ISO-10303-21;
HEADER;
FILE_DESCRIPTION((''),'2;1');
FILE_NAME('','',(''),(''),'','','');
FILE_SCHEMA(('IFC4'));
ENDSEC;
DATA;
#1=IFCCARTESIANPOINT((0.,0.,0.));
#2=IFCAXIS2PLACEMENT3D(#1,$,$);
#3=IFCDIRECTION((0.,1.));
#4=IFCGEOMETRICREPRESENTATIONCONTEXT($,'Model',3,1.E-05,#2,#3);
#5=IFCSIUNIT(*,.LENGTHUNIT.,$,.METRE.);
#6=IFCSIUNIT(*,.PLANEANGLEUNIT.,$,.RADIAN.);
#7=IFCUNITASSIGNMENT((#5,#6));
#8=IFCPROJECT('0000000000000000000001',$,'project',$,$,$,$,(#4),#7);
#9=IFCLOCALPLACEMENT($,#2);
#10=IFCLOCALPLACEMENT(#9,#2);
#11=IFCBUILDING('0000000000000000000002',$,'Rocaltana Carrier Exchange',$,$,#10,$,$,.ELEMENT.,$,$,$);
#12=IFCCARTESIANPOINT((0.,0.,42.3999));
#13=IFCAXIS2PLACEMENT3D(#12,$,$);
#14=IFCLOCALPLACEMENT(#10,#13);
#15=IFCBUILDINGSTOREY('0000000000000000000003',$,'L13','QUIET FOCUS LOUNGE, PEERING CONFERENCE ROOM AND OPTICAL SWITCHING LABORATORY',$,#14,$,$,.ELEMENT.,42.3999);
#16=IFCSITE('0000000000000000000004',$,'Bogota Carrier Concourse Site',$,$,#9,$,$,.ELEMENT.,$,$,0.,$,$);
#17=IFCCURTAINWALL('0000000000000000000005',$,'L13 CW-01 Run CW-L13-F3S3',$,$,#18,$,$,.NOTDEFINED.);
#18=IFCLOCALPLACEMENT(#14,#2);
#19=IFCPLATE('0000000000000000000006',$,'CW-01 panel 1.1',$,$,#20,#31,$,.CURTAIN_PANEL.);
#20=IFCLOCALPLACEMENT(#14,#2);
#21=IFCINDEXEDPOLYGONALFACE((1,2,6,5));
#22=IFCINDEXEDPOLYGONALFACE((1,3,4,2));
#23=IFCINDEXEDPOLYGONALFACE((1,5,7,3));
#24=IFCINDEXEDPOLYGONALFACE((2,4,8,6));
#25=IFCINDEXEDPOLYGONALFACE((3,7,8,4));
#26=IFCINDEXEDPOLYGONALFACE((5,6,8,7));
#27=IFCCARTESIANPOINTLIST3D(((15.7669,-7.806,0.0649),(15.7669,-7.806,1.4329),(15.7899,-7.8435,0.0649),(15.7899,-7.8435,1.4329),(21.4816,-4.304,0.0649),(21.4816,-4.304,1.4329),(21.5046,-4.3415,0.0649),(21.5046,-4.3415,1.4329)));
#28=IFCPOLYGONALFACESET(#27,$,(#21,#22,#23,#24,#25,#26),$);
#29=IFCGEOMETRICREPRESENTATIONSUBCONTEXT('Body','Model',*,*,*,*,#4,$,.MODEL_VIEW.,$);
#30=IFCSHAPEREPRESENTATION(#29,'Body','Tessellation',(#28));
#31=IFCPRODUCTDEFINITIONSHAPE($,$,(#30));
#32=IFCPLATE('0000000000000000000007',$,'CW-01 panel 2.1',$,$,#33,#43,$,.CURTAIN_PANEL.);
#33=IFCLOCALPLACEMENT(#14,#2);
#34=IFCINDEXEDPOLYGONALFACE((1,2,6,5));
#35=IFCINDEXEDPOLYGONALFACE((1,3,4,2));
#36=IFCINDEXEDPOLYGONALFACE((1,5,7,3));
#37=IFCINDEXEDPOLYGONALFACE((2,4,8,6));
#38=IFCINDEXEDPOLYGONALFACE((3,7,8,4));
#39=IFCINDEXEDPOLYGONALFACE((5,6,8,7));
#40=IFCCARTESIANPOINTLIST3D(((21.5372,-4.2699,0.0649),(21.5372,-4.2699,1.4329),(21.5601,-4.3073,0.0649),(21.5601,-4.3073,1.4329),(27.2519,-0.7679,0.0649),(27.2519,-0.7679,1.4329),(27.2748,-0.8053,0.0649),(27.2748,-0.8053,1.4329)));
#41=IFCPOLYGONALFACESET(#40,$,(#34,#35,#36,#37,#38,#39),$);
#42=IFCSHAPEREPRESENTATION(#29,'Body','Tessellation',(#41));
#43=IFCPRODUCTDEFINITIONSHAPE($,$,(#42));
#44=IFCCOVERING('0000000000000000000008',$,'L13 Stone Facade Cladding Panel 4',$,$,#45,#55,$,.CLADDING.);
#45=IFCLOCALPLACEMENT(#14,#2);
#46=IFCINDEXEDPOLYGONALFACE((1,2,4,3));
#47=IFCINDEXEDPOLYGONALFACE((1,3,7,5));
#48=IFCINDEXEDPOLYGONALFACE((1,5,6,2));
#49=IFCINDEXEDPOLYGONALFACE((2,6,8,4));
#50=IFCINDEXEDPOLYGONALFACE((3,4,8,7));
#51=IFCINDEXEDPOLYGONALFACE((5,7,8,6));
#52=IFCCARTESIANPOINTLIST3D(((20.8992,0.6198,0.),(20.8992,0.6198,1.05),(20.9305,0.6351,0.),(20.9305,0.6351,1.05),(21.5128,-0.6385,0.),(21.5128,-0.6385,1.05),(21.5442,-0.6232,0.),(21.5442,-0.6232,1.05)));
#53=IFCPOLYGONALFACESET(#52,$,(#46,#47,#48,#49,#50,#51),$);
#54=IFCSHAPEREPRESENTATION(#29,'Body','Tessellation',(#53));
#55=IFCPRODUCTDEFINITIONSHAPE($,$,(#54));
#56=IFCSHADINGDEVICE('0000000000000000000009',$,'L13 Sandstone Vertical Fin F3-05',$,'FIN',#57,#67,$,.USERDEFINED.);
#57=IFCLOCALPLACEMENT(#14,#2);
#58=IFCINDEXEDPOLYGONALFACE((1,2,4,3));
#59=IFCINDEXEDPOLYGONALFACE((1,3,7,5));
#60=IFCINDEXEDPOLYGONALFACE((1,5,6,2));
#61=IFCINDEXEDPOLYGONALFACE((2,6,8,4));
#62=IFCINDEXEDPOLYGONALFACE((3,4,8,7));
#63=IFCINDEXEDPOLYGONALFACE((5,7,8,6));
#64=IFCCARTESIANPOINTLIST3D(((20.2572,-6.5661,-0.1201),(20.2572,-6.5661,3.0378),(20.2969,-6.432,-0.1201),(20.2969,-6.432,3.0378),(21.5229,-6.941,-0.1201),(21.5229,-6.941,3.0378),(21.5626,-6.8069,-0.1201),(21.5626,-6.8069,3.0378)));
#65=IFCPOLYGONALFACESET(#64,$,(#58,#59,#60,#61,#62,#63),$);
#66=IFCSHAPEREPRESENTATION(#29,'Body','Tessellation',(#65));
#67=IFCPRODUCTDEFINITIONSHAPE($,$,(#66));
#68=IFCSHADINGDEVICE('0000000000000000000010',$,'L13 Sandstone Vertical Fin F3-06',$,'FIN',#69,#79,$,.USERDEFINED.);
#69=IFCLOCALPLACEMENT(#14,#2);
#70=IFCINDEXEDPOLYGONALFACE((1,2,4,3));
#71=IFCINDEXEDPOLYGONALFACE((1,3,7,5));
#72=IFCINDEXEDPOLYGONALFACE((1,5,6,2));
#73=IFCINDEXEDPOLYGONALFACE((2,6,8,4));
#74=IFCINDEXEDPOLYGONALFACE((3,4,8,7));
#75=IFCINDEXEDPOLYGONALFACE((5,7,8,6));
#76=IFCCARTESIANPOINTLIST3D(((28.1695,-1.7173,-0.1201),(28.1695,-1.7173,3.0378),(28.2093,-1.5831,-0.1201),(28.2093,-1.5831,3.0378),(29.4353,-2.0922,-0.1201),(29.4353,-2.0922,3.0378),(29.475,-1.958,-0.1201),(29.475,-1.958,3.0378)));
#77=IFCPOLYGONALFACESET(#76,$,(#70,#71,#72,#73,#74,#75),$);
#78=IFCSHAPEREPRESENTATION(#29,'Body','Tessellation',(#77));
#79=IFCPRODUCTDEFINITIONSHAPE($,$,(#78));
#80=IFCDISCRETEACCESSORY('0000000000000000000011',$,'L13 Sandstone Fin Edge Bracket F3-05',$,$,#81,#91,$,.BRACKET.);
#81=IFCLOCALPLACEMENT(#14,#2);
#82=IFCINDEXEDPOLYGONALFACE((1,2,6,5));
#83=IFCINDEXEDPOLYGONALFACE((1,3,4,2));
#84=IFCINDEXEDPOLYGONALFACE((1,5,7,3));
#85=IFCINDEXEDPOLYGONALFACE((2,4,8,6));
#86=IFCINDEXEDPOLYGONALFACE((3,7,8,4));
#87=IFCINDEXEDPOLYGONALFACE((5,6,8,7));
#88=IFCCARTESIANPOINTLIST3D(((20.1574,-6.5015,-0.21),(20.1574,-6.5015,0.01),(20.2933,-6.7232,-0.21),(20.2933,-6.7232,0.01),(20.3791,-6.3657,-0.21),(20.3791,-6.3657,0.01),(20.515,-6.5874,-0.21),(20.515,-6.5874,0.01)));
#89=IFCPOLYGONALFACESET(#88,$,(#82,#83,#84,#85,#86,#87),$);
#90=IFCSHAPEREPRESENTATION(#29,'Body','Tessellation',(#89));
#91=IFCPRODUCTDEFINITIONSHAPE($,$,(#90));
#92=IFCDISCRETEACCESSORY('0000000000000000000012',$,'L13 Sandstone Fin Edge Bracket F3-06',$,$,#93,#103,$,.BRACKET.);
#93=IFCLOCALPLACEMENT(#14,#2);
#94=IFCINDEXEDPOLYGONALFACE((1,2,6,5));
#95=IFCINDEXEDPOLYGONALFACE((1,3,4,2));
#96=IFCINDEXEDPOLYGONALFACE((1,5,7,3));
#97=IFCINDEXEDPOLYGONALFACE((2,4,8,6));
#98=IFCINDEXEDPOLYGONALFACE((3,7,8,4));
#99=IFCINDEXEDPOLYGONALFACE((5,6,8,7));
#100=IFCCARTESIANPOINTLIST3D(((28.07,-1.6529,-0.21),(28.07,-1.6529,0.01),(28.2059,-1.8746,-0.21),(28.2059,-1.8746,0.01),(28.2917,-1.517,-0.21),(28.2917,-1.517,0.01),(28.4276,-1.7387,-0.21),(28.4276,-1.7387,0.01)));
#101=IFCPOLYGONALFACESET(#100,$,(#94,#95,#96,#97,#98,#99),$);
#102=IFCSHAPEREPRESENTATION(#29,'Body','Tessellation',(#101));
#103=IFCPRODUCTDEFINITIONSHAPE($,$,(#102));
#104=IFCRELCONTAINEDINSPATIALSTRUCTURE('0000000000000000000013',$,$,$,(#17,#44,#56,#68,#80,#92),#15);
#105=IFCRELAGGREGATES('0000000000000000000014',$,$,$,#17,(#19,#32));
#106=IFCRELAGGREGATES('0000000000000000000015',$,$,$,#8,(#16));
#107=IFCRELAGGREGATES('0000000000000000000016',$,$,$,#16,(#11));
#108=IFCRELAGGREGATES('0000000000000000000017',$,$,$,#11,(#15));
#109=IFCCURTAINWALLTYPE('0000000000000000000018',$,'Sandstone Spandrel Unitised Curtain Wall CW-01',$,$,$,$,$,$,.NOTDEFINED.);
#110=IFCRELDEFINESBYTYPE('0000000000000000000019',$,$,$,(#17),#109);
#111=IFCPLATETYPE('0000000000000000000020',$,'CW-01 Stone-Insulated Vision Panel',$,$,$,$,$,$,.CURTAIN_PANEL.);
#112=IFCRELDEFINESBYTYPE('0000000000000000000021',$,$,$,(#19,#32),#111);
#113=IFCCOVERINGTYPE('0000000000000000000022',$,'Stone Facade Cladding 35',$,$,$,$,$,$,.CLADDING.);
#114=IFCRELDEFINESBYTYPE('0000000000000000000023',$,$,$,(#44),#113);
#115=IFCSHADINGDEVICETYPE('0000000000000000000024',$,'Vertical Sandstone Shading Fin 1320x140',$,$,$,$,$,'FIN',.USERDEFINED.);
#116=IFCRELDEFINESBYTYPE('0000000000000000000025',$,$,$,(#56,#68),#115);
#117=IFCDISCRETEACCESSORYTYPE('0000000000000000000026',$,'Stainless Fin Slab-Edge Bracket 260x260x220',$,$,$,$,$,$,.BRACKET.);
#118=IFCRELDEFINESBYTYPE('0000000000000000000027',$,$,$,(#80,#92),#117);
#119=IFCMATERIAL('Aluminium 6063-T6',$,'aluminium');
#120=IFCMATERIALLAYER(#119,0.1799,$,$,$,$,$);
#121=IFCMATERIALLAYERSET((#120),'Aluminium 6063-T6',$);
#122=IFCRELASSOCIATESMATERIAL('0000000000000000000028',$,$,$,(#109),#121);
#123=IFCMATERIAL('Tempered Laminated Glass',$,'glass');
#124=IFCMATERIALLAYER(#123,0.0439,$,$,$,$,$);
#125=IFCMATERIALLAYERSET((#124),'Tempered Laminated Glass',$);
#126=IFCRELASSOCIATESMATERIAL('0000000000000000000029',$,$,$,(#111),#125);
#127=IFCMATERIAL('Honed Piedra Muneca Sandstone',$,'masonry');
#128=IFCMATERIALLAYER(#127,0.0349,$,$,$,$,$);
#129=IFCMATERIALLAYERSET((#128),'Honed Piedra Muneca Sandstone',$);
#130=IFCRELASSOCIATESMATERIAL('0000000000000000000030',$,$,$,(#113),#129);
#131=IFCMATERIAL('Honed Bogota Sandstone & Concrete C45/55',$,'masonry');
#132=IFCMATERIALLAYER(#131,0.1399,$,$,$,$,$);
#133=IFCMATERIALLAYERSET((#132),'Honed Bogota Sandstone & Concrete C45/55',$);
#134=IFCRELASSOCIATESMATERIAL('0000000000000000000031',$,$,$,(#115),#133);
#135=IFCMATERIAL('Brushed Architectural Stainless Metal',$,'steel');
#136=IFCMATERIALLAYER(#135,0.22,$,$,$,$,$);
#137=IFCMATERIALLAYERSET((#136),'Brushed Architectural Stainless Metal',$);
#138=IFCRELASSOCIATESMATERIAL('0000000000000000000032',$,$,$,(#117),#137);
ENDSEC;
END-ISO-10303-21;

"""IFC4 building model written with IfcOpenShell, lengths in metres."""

from ifc_helpers import new_model, si_unit, direction, frame, origin, origin_2d, place, context, subcontext, project, spatial, rectangle, extrude, material, layer, layer_set, type_object, element, aggregate, save


model = new_model("IFC4")

# Units and contexts
model_context = context("Model", 3, precision=1e-05, world=origin(), true_north=direction((0.0, 1.0)))
body_context = subcontext(model_context, "Body", "Model", "MODEL_VIEW")
ifc_project = project(units=[si_unit("LENGTHUNIT", "METRE"), si_unit("PLANEANGLEUNIT", "RADIAN")], contexts=[model_context])

# Site, building, storey
site_placement = place(None, origin())
site = spatial("IfcSite", under=ifc_project, at=site_placement, Name="Bogota Carrier Concourse Site", CompositionType="ELEMENT", RefElevation=0.0)
building_placement = place(site_placement, origin())
building = spatial("IfcBuilding", under=site, at=building_placement, Name="Rocaltana Carrier Exchange", CompositionType="ELEMENT")
storey_placement = place(building_placement, frame((0.0, 0.0, 42.3999)))
storey = spatial("IfcBuildingStorey", under=building, at=storey_placement, Name="L13", Description="QUIET FOCUS LOUNGE, PEERING CONFERENCE ROOM AND OPTICAL SWITCHING LABORATORY", CompositionType="ELEMENT", Elevation=42.3999)

# Curtain wall
ifc_material_1 = material(Name="Aluminium 6063-T6", Category="aluminium")
ifc_layer_1 = layer(ifc_material_1, 0.1799)
ifc_layer_set_1 = layer_set([ifc_layer_1], Name="Aluminium 6063-T6")
curtain_wall_type = type_object("IfcCurtainWallType", Name="Sandstone Spandrel Unitised Curtain Wall CW-01", PredefinedType="NOTDEFINED", material=ifc_layer_set_1)
curtain_wall_placement = place(storey_placement, origin())
curtain_wall = element("IfcCurtainWall", 1, at=curtain_wall_placement, inside=storey, type_object=curtain_wall_type, Name="L13 CW-01 Run CW-L13-F3S3", PredefinedType="NOTDEFINED")

# Plates
ifc_material_2 = material(Name="Tempered Laminated Glass", Category="glass")
ifc_layer_2 = layer(ifc_material_2, 0.0439)
ifc_layer_set_2 = layer_set([ifc_layer_2], Name="Tempered Laminated Glass")
plate_type = type_object("IfcPlateType", Name="CW-01 Stone-Insulated Vision Panel", PredefinedType="CURTAIN_PANEL", material=ifc_layer_set_2)
plate_1_placement = place(storey_placement, frame((18.6357, -6.0737, 0.0649), z_axis=(0.0, 0.0, 1.0), x_axis=(0.852639, 0.5225, 0.0)))
plate_1 = element("IfcPlate", 2, at=plate_1_placement, type_object=plate_type, Name="CW-01 panel 1.1", PredefinedType="CURTAIN_PANEL", context=body_context, shape_type="SweptSolid", body=[
    extrude(rectangle(XDim=6.7024, YDim=0.0439, at=origin_2d()), origin(), (0.0, 0.0, 1.0), 1.3679),
])
plate_2_placement = place(storey_placement, frame((24.406, -2.5376, 0.0649), z_axis=(0.0, 0.0, 1.0), x_axis=(0.852639, 0.5225, 0.0)))
plate_2 = element("IfcPlate", 3, at=plate_2_placement, type_object=plate_type, Name="CW-01 panel 2.1", PredefinedType="CURTAIN_PANEL", context=body_context, shape_type="SweptSolid", body=[
    extrude(rectangle(XDim=6.7024, YDim=0.0439, at=origin_2d()), origin(), (0.0, 0.0, 1.0), 1.3679),
])
aggregate(curtain_wall, [plate_1, plate_2])

# Covering
ifc_material_3 = material(Name="Honed Piedra Muneca Sandstone", Category="masonry")
ifc_layer_3 = layer(ifc_material_3, 0.0349)
ifc_layer_set_3 = layer_set([ifc_layer_3], Name="Honed Piedra Muneca Sandstone")
covering_type = type_object("IfcCoveringType", Name="Stone Facade Cladding 35", PredefinedType="CLADDING", material=ifc_layer_set_3)
covering_placement = place(storey_placement, frame((21.2217, -0.0017, 0.0), z_axis=(0.0, 0.0, 1.0), x_axis=(-0.438371, 0.898794, 0.0)))
element("IfcCovering", 4, at=covering_placement, inside=storey, type_object=covering_type, Name="L13 Stone Facade Cladding Panel 4", PredefinedType="CLADDING", context=body_context, shape_type="SweptSolid", body=[
    extrude(rectangle(XDim=1.3999, YDim=0.0349, at=origin_2d()), origin(), (0.0, 0.0, 1.0), 1.05),
])

# Shading devices
ifc_material_4 = material(Name="Honed Bogota Sandstone & Concrete C45/55", Category="masonry")
ifc_layer_4 = layer(ifc_material_4, 0.1399)
ifc_layer_set_4 = layer_set([ifc_layer_4], Name="Honed Bogota Sandstone & Concrete C45/55")
shading_device_type = type_object("IfcShadingDeviceType", Name="Vertical Sandstone Shading Fin 1320x140", ElementType="FIN", PredefinedType="USERDEFINED", material=ifc_layer_set_4)
for number, where, z_axis, x_axis, name in (
    (5, (20.9099, -6.6865, -0.1201), (0.0, 0.0, 1.0), (0.95882, -0.284015, 0.0), "L13 Sandstone Vertical Fin F3-05"),
    (6, (28.8223, -1.8376, -0.1201), (0.0, 0.0, 1.0), (0.95882, -0.284015, 0.0), "L13 Sandstone Vertical Fin F3-06"),
):
    element("IfcShadingDevice", number, at=place(storey_placement, frame(where, z_axis=z_axis, x_axis=x_axis)), inside=storey, type_object=shading_device_type, Name=name, ObjectType="FIN", PredefinedType="USERDEFINED", context=body_context, shape_type="SweptSolid", body=[
        extrude(rectangle(XDim=1.3201, YDim=0.1399, at=origin_2d()), origin(), (0.0, 0.0, 1.0), 3.158),
    ])

# Discrete accessories
ifc_material_5 = material(Name="Brushed Architectural Stainless Metal", Category="steel")
ifc_layer_5 = layer(ifc_material_5, 0.22)
ifc_layer_set_5 = layer_set([ifc_layer_5], Name="Brushed Architectural Stainless Metal")
discrete_accessory_type = type_object("IfcDiscreteAccessoryType", Name="Stainless Fin Slab-Edge Bracket 260x260x220", PredefinedType="BRACKET", material=ifc_layer_set_5)
for number, where, z_axis, x_axis, name in (
    (7, (20.3362, -6.5444, -0.21), (0.0, 0.0, 1.0), (0.85264, 0.522499, 0.0), "L13 Sandstone Fin Edge Bracket F3-05"),
    (8, (28.2488, -1.6958, -0.21), (0.0, 0.0, 1.0), (0.85264, 0.522499, 0.0), "L13 Sandstone Fin Edge Bracket F3-06"),
):
    element("IfcDiscreteAccessory", number, at=place(storey_placement, frame(where, z_axis=z_axis, x_axis=x_axis)), inside=storey, type_object=discrete_accessory_type, Name=name, PredefinedType="BRACKET", context=body_context, shape_type="SweptSolid", body=[
        extrude(rectangle(XDim=0.26, YDim=0.26, at=origin_2d()), origin(), (0.0, 0.0, 1.0), 0.22),
    ])

save(model, "model.ifc")
